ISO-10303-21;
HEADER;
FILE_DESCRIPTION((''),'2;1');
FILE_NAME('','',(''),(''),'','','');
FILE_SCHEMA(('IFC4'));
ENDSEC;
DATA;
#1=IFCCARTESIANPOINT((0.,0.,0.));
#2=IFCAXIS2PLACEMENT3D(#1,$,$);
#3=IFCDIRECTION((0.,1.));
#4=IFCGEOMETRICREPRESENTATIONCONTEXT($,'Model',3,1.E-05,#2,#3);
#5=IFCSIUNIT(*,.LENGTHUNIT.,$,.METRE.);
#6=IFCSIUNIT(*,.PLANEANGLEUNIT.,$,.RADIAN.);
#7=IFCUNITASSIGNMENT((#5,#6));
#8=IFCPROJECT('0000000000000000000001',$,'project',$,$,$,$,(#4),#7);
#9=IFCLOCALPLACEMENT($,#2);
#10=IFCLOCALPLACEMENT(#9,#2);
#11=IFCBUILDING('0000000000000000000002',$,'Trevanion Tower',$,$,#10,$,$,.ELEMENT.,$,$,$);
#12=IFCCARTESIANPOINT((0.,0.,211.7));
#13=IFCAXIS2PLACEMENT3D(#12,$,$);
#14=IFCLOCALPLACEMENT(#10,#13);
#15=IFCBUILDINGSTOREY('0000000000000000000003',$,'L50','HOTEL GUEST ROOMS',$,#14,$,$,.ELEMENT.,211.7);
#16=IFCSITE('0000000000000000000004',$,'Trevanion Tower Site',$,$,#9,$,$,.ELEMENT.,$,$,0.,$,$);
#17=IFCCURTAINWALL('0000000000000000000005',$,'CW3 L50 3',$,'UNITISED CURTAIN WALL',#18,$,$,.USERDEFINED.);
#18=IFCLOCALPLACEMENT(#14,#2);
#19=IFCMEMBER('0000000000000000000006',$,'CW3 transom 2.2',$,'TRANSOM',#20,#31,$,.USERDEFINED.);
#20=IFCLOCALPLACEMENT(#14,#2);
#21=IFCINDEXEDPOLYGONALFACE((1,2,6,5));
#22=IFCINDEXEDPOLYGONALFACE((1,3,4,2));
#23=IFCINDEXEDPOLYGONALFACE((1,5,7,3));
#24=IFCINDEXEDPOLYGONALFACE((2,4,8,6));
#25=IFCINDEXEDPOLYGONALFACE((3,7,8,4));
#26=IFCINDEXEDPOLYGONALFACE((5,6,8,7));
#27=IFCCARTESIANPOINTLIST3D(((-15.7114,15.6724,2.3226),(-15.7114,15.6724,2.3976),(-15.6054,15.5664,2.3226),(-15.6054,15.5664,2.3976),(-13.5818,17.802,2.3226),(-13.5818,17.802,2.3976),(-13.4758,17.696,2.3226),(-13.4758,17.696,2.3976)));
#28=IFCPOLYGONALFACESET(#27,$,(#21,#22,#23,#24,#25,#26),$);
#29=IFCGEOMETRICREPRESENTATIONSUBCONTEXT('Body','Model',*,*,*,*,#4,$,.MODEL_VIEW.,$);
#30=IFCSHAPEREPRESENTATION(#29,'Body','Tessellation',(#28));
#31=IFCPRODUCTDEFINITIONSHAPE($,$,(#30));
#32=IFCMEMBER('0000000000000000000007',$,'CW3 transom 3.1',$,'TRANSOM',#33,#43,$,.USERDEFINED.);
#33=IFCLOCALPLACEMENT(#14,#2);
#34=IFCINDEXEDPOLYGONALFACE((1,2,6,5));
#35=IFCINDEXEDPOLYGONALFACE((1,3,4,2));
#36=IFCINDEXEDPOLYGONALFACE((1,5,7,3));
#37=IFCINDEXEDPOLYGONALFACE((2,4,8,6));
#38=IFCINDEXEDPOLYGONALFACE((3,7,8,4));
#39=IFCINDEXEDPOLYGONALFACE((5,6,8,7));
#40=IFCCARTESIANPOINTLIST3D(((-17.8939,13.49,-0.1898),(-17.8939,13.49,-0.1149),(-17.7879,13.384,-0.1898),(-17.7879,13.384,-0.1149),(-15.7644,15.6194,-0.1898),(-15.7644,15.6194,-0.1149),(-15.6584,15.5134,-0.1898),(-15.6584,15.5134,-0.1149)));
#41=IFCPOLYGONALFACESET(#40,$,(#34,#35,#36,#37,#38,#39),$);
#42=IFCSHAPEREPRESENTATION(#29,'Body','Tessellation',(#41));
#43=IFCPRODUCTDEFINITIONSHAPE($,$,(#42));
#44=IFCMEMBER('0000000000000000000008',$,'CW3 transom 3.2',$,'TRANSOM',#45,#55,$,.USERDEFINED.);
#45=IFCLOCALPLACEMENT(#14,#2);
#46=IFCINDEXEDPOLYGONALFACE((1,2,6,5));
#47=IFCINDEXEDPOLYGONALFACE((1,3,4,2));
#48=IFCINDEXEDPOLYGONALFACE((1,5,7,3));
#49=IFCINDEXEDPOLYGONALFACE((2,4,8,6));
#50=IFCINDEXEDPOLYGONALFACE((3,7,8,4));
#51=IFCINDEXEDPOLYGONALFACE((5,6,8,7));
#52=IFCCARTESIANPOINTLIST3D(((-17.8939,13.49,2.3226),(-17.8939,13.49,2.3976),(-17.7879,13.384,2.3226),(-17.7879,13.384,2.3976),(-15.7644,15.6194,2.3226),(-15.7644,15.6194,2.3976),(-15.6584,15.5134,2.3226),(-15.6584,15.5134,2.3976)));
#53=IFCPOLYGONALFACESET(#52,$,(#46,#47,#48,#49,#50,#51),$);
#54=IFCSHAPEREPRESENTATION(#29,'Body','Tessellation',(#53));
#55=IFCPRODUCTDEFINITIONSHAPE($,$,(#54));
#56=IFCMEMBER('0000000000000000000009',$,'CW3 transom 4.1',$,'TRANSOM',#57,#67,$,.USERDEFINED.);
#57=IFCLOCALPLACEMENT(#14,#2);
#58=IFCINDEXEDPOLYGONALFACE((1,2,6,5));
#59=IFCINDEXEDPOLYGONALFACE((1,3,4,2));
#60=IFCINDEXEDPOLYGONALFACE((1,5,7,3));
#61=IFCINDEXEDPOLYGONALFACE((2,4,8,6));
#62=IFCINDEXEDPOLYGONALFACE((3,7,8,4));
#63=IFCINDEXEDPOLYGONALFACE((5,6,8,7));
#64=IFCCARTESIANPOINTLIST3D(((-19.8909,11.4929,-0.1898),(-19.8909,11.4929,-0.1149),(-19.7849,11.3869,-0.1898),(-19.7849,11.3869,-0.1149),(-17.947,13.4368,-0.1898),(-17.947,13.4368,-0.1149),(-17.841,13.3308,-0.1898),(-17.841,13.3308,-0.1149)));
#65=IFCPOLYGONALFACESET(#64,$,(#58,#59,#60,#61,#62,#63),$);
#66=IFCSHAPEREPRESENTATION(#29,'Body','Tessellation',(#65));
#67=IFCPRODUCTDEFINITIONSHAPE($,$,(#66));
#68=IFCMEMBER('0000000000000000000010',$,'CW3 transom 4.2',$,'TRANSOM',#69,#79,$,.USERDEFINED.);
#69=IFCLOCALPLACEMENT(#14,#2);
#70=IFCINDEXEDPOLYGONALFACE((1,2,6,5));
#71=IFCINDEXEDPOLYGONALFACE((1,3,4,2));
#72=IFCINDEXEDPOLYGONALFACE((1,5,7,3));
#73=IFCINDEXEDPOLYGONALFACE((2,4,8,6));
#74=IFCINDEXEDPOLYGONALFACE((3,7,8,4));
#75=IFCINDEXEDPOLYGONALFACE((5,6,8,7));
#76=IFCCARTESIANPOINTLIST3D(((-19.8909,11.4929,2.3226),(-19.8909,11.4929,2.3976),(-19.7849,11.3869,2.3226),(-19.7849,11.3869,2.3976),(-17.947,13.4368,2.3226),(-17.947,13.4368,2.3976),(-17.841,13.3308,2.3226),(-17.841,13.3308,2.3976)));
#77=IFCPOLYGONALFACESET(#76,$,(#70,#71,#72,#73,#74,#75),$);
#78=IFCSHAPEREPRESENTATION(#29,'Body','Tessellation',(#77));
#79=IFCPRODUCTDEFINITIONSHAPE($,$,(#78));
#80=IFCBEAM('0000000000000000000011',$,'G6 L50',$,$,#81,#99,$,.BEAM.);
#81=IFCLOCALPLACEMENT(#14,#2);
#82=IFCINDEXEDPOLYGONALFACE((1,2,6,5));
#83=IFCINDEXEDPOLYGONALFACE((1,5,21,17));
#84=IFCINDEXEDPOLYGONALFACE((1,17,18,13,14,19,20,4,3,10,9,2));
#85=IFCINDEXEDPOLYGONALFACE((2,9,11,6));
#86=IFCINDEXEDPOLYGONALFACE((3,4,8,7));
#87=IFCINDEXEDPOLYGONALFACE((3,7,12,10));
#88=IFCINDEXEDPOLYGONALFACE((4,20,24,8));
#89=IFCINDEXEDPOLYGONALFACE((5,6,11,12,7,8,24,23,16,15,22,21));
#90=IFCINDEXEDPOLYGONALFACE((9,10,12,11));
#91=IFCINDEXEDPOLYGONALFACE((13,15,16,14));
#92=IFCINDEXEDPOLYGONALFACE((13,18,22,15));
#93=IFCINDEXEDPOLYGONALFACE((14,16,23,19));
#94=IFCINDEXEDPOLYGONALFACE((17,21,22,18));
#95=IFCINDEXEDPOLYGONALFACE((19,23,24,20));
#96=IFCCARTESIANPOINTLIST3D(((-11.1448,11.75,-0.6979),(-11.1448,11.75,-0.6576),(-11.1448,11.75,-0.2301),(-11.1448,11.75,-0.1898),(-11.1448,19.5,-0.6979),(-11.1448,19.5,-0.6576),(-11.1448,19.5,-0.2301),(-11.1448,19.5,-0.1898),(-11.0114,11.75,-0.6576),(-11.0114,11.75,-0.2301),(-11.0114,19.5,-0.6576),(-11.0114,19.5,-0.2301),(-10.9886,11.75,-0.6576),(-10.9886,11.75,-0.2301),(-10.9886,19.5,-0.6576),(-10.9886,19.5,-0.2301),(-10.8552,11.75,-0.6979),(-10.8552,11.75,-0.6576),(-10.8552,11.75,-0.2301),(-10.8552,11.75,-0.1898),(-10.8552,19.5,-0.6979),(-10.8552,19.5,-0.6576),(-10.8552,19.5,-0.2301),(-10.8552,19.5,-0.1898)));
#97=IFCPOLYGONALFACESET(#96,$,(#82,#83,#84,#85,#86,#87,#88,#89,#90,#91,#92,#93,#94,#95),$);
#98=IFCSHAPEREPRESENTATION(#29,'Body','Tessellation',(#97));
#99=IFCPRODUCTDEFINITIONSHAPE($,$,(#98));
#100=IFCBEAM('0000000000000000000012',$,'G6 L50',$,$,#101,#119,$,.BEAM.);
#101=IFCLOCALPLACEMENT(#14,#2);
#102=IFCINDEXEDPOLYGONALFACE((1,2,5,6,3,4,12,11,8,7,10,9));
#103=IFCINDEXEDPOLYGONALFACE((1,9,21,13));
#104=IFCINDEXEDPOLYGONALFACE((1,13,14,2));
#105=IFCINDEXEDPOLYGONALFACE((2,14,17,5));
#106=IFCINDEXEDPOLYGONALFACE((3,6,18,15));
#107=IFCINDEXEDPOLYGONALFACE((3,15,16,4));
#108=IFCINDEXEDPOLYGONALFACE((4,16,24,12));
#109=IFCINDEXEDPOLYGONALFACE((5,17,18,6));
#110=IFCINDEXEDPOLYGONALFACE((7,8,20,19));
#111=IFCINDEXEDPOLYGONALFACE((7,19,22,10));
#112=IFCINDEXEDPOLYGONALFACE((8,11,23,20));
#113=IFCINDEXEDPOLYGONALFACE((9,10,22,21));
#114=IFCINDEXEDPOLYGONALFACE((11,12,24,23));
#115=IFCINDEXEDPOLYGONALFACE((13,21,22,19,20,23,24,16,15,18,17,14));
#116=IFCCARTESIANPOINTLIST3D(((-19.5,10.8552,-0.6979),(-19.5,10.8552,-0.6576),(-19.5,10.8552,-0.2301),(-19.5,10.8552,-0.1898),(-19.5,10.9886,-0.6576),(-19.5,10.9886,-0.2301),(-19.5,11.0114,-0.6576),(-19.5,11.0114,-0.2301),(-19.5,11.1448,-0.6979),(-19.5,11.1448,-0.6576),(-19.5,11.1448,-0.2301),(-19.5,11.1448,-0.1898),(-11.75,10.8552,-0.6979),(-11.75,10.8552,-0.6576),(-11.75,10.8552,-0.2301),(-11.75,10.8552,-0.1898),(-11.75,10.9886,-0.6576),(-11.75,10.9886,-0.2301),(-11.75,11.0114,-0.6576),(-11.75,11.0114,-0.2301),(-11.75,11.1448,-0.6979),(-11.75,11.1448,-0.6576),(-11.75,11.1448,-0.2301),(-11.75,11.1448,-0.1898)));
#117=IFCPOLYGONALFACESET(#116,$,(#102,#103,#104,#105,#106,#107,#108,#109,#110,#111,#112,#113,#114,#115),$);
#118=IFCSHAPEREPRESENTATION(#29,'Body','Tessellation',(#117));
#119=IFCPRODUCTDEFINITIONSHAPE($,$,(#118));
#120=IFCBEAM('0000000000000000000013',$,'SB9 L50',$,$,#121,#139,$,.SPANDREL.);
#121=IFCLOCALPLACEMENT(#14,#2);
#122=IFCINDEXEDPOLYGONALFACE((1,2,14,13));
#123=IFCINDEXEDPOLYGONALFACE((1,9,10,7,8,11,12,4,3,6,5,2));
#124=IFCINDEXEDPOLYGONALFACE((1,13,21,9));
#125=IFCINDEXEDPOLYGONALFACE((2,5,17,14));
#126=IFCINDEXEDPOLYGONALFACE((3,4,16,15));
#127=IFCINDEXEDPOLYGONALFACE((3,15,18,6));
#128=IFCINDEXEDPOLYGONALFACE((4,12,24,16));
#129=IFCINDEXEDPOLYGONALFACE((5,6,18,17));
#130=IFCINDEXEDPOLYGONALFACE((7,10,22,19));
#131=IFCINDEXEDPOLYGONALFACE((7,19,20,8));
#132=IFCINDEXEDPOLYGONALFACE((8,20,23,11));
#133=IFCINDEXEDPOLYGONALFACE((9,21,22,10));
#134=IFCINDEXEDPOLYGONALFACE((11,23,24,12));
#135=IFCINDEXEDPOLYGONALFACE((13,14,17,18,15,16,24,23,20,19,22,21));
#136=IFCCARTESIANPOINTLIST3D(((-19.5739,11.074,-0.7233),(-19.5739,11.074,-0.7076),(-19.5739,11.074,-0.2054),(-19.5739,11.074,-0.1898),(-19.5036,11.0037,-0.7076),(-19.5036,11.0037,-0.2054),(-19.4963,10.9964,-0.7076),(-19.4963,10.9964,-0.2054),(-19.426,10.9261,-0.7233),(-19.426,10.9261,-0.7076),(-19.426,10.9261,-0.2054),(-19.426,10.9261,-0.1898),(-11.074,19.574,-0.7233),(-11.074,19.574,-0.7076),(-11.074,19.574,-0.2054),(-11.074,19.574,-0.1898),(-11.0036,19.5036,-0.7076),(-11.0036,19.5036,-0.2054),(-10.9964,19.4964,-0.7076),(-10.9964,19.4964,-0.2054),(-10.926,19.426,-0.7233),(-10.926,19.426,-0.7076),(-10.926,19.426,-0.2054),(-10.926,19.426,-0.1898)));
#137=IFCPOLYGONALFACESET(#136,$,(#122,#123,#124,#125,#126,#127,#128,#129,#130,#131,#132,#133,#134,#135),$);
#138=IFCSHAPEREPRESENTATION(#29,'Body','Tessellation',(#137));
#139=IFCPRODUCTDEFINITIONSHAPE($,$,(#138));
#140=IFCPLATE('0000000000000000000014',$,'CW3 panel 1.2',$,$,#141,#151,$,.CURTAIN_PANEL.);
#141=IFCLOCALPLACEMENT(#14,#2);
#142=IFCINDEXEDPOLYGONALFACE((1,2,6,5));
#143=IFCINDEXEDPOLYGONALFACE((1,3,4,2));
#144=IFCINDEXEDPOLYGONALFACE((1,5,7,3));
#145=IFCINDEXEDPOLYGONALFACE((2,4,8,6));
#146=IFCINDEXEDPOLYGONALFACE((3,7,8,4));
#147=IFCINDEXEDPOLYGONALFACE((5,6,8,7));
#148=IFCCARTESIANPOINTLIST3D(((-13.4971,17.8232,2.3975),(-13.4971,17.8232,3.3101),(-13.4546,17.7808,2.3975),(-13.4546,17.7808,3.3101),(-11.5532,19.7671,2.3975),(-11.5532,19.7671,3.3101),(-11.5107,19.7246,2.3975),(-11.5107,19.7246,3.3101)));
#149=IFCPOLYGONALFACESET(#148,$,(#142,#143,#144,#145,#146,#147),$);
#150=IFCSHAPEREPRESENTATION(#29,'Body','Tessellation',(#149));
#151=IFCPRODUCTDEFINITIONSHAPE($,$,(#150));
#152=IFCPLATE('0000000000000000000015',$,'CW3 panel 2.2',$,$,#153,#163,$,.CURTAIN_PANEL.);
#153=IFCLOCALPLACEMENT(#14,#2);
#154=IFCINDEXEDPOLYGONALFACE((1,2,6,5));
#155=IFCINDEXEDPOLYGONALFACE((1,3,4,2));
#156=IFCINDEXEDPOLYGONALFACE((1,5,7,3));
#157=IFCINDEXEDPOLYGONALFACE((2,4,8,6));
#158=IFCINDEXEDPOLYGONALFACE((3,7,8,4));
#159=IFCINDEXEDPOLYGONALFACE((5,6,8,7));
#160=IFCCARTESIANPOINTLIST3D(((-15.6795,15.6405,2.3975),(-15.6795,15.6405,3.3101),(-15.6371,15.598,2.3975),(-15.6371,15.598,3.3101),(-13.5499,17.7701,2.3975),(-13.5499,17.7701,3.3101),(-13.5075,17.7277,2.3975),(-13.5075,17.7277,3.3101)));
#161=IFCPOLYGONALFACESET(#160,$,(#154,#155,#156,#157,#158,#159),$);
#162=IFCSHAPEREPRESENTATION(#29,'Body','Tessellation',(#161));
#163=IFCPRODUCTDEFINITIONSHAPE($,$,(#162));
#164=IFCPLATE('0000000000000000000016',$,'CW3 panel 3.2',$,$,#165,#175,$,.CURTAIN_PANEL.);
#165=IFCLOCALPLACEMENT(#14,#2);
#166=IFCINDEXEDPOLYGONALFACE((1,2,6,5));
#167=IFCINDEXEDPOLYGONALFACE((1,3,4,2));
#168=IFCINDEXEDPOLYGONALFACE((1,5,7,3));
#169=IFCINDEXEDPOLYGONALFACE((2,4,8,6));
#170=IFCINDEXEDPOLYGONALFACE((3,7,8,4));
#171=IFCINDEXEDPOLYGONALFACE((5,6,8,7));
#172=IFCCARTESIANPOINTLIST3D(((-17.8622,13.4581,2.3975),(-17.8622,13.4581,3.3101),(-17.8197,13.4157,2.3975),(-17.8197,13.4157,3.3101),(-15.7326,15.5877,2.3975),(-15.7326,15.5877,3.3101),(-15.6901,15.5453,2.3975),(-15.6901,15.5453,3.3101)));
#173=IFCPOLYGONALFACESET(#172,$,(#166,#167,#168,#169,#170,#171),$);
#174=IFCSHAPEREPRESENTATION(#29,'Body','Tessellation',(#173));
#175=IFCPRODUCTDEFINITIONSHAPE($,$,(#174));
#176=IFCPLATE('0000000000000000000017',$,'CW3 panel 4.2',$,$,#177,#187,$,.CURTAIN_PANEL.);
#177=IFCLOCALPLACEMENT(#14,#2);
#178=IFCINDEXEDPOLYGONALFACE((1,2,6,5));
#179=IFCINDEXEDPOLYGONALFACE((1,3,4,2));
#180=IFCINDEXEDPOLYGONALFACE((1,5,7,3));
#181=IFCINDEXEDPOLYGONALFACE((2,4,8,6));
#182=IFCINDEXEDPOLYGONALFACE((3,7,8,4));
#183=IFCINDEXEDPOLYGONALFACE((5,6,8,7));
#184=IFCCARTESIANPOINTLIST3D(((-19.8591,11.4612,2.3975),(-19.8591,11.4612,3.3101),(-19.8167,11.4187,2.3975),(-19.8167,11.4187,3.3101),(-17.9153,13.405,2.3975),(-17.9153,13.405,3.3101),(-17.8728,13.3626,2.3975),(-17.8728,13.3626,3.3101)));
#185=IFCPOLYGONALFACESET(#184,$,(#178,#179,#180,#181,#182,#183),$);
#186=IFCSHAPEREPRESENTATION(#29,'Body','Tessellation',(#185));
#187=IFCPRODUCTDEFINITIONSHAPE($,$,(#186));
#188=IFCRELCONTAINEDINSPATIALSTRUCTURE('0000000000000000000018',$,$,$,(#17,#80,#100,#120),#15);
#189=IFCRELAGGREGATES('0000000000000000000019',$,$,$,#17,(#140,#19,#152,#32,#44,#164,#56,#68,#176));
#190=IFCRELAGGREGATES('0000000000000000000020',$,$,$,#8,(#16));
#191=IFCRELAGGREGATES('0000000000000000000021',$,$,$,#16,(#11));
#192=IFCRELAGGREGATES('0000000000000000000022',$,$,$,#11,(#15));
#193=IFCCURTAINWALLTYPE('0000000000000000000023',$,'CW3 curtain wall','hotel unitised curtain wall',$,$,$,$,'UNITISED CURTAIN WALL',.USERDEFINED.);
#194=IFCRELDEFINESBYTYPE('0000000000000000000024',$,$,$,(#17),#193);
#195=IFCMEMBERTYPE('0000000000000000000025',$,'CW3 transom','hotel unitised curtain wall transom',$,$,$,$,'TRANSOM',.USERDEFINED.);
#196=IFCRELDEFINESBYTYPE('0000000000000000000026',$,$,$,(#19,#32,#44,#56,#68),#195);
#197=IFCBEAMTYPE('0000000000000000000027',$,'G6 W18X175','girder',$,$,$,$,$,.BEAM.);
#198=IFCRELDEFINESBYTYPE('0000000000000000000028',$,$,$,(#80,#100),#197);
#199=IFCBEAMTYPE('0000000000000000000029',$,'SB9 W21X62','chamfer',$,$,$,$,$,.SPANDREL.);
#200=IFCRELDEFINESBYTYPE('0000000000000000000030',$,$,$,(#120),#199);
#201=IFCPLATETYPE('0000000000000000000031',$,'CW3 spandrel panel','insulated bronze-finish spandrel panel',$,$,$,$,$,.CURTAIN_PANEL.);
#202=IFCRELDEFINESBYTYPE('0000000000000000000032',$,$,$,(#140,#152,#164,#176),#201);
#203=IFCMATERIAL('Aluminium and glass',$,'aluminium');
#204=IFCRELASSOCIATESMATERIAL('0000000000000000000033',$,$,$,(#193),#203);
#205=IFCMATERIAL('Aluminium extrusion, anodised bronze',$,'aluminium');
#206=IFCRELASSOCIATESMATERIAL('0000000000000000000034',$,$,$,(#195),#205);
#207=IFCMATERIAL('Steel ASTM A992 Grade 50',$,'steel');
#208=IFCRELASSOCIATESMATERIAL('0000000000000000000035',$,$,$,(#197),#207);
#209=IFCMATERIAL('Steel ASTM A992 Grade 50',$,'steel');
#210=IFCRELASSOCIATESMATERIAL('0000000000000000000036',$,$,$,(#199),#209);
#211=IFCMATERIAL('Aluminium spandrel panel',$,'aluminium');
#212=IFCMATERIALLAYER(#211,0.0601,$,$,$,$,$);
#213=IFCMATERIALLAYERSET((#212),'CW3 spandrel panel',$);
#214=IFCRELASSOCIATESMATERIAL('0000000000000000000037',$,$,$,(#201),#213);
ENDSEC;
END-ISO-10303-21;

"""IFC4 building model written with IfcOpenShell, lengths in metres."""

from ifc_helpers import new_model, si_unit, direction, frame, origin, origin_2d, place, context, subcontext, project, spatial, rectangle, i_section, extrude, material, layer, layer_set, material_profile, profile_set, type_object, element, aggregate, save


model = new_model("IFC4")

# Units and contexts
model_context = context("Model", 3, precision=1e-05, world=origin(), true_north=direction((0.0, 1.0)))
body_context = subcontext(model_context, "Body", "Model", "MODEL_VIEW")
ifc_project = project(units=[si_unit("LENGTHUNIT", "METRE"), si_unit("PLANEANGLEUNIT", "RADIAN")], contexts=[model_context])

# Site, building, storey
site_placement = place(None, origin())
site = spatial("IfcSite", under=ifc_project, at=site_placement, Name="Trevanion Tower Site", CompositionType="ELEMENT", RefElevation=0.0)
building_placement = place(site_placement, origin())
building = spatial("IfcBuilding", under=site, at=building_placement, Name="Trevanion Tower", CompositionType="ELEMENT")
storey_placement = place(building_placement, frame((0.0, 0.0, 211.7)))
storey = spatial("IfcBuildingStorey", under=building, at=storey_placement, Name="L50", Description="HOTEL GUEST ROOMS", CompositionType="ELEMENT", Elevation=211.7)

# Curtain wall
ifc_material_1 = material(Name="Aluminium and glass", Category="aluminium")
curtain_wall_type = type_object("IfcCurtainWallType", Name="CW3 curtain wall", Description="hotel unitised curtain wall", ElementType="UNITISED CURTAIN WALL", PredefinedType="USERDEFINED", material=ifc_material_1)
curtain_wall_1_placement = place(storey_placement, origin())
curtain_wall_1 = element("IfcCurtainWall", 1, at=curtain_wall_1_placement, inside=storey, type_object=curtain_wall_type, Name="CW3 L50 3", ObjectType="UNITISED CURTAIN WALL", PredefinedType="USERDEFINED")

# Members
ifc_material_2 = material(Name="Aluminium extrusion, anodised bronze", Category="aluminium")
ifc_material_profile_1 = material_profile(ifc_material_2, rectangle(XDim=0.1499, YDim=0.075, at=origin_2d()), Name="CW3 transom")
ifc_profile_set_1 = profile_set([ifc_material_profile_1], Name="Aluminium extrusion, anodised bronze")
member_type_1 = type_object("IfcMemberType", Name="CW3 transom", Description="hotel unitised curtain wall transom", ElementType="TRANSOM", PredefinedType="USERDEFINED", material=ifc_profile_set_1)
member_1_placement = place(storey_placement, frame((-13.5288, 17.749, 2.3601), z_axis=(-0.707107, -0.707107, 0.0), x_axis=(0.707107, -0.707107, 0.0)))
member_1 = element("IfcMember", 2, at=member_1_placement, type_object=member_type_1, Name="CW3 transom 2.2", ObjectType="TRANSOM", PredefinedType="USERDEFINED", context=body_context, shape_type="SweptSolid", body=[
    extrude(rectangle(XDim=0.1499, YDim=0.075, at=origin_2d()), origin(), (0.0, 0.0, 1.0), 3.0117),
])
member_2_placement = place(storey_placement, frame((-15.7114, 15.5664, -0.1523), z_axis=(-0.707107, -0.707107, 0.0), x_axis=(0.707107, -0.707107, 0.0)))
member_2 = element("IfcMember", 3, at=member_2_placement, type_object=member_type_1, Name="CW3 transom 3.1", ObjectType="TRANSOM", PredefinedType="USERDEFINED", context=body_context, shape_type="SweptSolid", body=[
    extrude(rectangle(XDim=0.1499, YDim=0.075, at=origin_2d()), origin(), (0.0, 0.0, 1.0), 3.0115),
])
member_3_placement = place(storey_placement, frame((-15.7114, 15.5664, 2.3601), z_axis=(-0.707107, -0.707107, 0.0), x_axis=(0.707107, -0.707107, 0.0)))
member_3 = element("IfcMember", 4, at=member_3_placement, type_object=member_type_1, Name="CW3 transom 3.2", ObjectType="TRANSOM", PredefinedType="USERDEFINED", context=body_context, shape_type="SweptSolid", body=[
    extrude(rectangle(XDim=0.1499, YDim=0.075, at=origin_2d()), origin(), (0.0, 0.0, 1.0), 3.0115),
])
member_4_placement = place(storey_placement, frame((-17.894, 13.3838, -0.1523), z_axis=(-0.707107, -0.707107, 0.0), x_axis=(0.707107, -0.707107, 0.0)))
member_4 = element("IfcMember", 5, at=member_4_placement, type_object=member_type_1, Name="CW3 transom 4.1", ObjectType="TRANSOM", PredefinedType="USERDEFINED", context=body_context, shape_type="SweptSolid", body=[
    extrude(rectangle(XDim=0.1499, YDim=0.075, at=origin_2d()), origin(), (0.0, 0.0, 1.0), 2.749),
])
member_5_placement = place(storey_placement, frame((-17.894, 13.3838, 2.3601), z_axis=(-0.707107, -0.707107, 0.0), x_axis=(0.707107, -0.707107, 0.0)))
member_5 = element("IfcMember", 6, at=member_5_placement, type_object=member_type_1, Name="CW3 transom 4.2", ObjectType="TRANSOM", PredefinedType="USERDEFINED", context=body_context, shape_type="SweptSolid", body=[
    extrude(rectangle(XDim=0.1499, YDim=0.075, at=origin_2d()), origin(), (0.0, 0.0, 1.0), 2.749),
])

# Beams
ifc_material_3 = material(Name="Steel ASTM A992 Grade 50", Category="steel")
ifc_material_profile_2 = material_profile(ifc_material_3, i_section(OverallWidth=0.2896, OverallDepth=0.5081, WebThickness=0.0227, FlangeThickness=0.0403, at=origin_2d()), Name="W18X175")
ifc_profile_set_2 = profile_set([ifc_material_profile_2], Name="Steel ASTM A992 Grade 50")
beam_type_1 = type_object("IfcBeamType", Name="G6 W18X175", Description="girder", PredefinedType="BEAM", material=ifc_profile_set_2)
for number, where, z_axis, x_axis, name in (
    (7, (-11.0, 11.75, -0.4438), (0.0, 1.0, 0.0), (-1.0, 0.0, 0.0), "G6 L50"),
    (8, (-11.75, 11.0, -0.4438), (-1.0, 0.0, 0.0), (0.0, -1.0, 0.0), "G6 L50"),
):
    element("IfcBeam", number, at=place(storey_placement, frame(where, z_axis=z_axis, x_axis=x_axis)), inside=storey, type_object=beam_type_1, Name=name, PredefinedType="BEAM", context=body_context, shape_type="SweptSolid", body=[
        extrude(i_section(OverallWidth=0.2896, OverallDepth=0.5081, WebThickness=0.0227, FlangeThickness=0.0403, at=origin_2d()), origin(), (0.0, 0.0, 1.0), 7.75),
    ])
ifc_material_4 = material(Name="Steel ASTM A992 Grade 50", Category="steel")
ifc_material_profile_3 = material_profile(ifc_material_4, i_section(OverallWidth=0.2092, OverallDepth=0.5334, WebThickness=0.0103, FlangeThickness=0.0156, at=origin_2d()), Name="W21X62")
ifc_profile_set_3 = profile_set([ifc_material_profile_3], Name="Steel ASTM A992 Grade 50")
beam_type_2 = type_object("IfcBeamType", Name="SB9 W21X62", Description="chamfer", PredefinedType="SPANDREL", material=ifc_profile_set_3)
beam_1_placement = place(storey_placement, frame((-11.0, 19.5, -0.4565), z_axis=(-0.707107, -0.707107, 0.0), x_axis=(0.707107, -0.707107, 0.0)))
element("IfcBeam", 9, at=beam_1_placement, inside=storey, type_object=beam_type_2, Name="SB9 L50", PredefinedType="SPANDREL", context=body_context, shape_type="SweptSolid", body=[
    extrude(i_section(OverallWidth=0.2092, OverallDepth=0.5334, WebThickness=0.0103, FlangeThickness=0.0156, at=origin_2d()), origin(), (0.0, 0.0, 1.0), 12.0208),
])

# Plates
ifc_material_5 = material(Name="Aluminium spandrel panel", Category="aluminium")
ifc_layer_1 = layer(ifc_material_5, 0.0601)
ifc_layer_set_1 = layer_set([ifc_layer_1], Name="CW3 spandrel panel")
plate_type_1 = type_object("IfcPlateType", Name="CW3 spandrel panel", Description="insulated bronze-finish spandrel panel", PredefinedType="CURTAIN_PANEL", material=ifc_layer_set_1)
plate_1_placement = place(storey_placement, frame((-12.5039, 18.7739, 2.3975), z_axis=(0.0, 0.0, 1.0), x_axis=(-0.707107, -0.707107, 0.0)))
plate_1 = element("IfcPlate", 10, at=plate_1_placement, type_object=plate_type_1, Name="CW3 panel 1.2", PredefinedType="CURTAIN_PANEL", context=body_context, shape_type="SweptSolid", body=[
    extrude(rectangle(XDim=2.749, YDim=0.0601, at=origin_2d()), origin(), (0.0, 0.0, 1.0), 0.9126),
])
plate_2_placement = place(storey_placement, frame((-14.5935, 16.6841, 2.3975), z_axis=(0.0, 0.0, 1.0), x_axis=(-0.707107, -0.707107, 0.0)))
plate_2 = element("IfcPlate", 11, at=plate_2_placement, type_object=plate_type_1, Name="CW3 panel 2.2", PredefinedType="CURTAIN_PANEL", context=body_context, shape_type="SweptSolid", body=[
    extrude(rectangle(XDim=3.0117, YDim=0.0601, at=origin_2d()), origin(), (0.0, 0.0, 1.0), 0.9126),
])
plate_3_placement = place(storey_placement, frame((-16.7761, 14.5017, 2.3975), z_axis=(0.0, 0.0, 1.0), x_axis=(-0.707107, -0.707107, 0.0)))
plate_3 = element("IfcPlate", 12, at=plate_3_placement, type_object=plate_type_1, Name="CW3 panel 3.2", PredefinedType="CURTAIN_PANEL", context=body_context, shape_type="SweptSolid", body=[
    extrude(rectangle(XDim=3.0117, YDim=0.0601, at=origin_2d()), origin(), (0.0, 0.0, 1.0), 0.9126),
])
plate_4_placement = place(storey_placement, frame((-18.866, 12.4119, 2.3975), z_axis=(0.0, 0.0, 1.0), x_axis=(-0.707107, -0.707107, 0.0)))
plate_4 = element("IfcPlate", 13, at=plate_4_placement, type_object=plate_type_1, Name="CW3 panel 4.2", PredefinedType="CURTAIN_PANEL", context=body_context, shape_type="SweptSolid", body=[
    extrude(rectangle(XDim=2.749, YDim=0.0601, at=origin_2d()), origin(), (0.0, 0.0, 1.0), 0.9126),
])
aggregate(curtain_wall_1, [plate_1, member_1, plate_2, member_2, member_3, plate_3, member_4, member_5, plate_4])

save(model, "model.ifc")
